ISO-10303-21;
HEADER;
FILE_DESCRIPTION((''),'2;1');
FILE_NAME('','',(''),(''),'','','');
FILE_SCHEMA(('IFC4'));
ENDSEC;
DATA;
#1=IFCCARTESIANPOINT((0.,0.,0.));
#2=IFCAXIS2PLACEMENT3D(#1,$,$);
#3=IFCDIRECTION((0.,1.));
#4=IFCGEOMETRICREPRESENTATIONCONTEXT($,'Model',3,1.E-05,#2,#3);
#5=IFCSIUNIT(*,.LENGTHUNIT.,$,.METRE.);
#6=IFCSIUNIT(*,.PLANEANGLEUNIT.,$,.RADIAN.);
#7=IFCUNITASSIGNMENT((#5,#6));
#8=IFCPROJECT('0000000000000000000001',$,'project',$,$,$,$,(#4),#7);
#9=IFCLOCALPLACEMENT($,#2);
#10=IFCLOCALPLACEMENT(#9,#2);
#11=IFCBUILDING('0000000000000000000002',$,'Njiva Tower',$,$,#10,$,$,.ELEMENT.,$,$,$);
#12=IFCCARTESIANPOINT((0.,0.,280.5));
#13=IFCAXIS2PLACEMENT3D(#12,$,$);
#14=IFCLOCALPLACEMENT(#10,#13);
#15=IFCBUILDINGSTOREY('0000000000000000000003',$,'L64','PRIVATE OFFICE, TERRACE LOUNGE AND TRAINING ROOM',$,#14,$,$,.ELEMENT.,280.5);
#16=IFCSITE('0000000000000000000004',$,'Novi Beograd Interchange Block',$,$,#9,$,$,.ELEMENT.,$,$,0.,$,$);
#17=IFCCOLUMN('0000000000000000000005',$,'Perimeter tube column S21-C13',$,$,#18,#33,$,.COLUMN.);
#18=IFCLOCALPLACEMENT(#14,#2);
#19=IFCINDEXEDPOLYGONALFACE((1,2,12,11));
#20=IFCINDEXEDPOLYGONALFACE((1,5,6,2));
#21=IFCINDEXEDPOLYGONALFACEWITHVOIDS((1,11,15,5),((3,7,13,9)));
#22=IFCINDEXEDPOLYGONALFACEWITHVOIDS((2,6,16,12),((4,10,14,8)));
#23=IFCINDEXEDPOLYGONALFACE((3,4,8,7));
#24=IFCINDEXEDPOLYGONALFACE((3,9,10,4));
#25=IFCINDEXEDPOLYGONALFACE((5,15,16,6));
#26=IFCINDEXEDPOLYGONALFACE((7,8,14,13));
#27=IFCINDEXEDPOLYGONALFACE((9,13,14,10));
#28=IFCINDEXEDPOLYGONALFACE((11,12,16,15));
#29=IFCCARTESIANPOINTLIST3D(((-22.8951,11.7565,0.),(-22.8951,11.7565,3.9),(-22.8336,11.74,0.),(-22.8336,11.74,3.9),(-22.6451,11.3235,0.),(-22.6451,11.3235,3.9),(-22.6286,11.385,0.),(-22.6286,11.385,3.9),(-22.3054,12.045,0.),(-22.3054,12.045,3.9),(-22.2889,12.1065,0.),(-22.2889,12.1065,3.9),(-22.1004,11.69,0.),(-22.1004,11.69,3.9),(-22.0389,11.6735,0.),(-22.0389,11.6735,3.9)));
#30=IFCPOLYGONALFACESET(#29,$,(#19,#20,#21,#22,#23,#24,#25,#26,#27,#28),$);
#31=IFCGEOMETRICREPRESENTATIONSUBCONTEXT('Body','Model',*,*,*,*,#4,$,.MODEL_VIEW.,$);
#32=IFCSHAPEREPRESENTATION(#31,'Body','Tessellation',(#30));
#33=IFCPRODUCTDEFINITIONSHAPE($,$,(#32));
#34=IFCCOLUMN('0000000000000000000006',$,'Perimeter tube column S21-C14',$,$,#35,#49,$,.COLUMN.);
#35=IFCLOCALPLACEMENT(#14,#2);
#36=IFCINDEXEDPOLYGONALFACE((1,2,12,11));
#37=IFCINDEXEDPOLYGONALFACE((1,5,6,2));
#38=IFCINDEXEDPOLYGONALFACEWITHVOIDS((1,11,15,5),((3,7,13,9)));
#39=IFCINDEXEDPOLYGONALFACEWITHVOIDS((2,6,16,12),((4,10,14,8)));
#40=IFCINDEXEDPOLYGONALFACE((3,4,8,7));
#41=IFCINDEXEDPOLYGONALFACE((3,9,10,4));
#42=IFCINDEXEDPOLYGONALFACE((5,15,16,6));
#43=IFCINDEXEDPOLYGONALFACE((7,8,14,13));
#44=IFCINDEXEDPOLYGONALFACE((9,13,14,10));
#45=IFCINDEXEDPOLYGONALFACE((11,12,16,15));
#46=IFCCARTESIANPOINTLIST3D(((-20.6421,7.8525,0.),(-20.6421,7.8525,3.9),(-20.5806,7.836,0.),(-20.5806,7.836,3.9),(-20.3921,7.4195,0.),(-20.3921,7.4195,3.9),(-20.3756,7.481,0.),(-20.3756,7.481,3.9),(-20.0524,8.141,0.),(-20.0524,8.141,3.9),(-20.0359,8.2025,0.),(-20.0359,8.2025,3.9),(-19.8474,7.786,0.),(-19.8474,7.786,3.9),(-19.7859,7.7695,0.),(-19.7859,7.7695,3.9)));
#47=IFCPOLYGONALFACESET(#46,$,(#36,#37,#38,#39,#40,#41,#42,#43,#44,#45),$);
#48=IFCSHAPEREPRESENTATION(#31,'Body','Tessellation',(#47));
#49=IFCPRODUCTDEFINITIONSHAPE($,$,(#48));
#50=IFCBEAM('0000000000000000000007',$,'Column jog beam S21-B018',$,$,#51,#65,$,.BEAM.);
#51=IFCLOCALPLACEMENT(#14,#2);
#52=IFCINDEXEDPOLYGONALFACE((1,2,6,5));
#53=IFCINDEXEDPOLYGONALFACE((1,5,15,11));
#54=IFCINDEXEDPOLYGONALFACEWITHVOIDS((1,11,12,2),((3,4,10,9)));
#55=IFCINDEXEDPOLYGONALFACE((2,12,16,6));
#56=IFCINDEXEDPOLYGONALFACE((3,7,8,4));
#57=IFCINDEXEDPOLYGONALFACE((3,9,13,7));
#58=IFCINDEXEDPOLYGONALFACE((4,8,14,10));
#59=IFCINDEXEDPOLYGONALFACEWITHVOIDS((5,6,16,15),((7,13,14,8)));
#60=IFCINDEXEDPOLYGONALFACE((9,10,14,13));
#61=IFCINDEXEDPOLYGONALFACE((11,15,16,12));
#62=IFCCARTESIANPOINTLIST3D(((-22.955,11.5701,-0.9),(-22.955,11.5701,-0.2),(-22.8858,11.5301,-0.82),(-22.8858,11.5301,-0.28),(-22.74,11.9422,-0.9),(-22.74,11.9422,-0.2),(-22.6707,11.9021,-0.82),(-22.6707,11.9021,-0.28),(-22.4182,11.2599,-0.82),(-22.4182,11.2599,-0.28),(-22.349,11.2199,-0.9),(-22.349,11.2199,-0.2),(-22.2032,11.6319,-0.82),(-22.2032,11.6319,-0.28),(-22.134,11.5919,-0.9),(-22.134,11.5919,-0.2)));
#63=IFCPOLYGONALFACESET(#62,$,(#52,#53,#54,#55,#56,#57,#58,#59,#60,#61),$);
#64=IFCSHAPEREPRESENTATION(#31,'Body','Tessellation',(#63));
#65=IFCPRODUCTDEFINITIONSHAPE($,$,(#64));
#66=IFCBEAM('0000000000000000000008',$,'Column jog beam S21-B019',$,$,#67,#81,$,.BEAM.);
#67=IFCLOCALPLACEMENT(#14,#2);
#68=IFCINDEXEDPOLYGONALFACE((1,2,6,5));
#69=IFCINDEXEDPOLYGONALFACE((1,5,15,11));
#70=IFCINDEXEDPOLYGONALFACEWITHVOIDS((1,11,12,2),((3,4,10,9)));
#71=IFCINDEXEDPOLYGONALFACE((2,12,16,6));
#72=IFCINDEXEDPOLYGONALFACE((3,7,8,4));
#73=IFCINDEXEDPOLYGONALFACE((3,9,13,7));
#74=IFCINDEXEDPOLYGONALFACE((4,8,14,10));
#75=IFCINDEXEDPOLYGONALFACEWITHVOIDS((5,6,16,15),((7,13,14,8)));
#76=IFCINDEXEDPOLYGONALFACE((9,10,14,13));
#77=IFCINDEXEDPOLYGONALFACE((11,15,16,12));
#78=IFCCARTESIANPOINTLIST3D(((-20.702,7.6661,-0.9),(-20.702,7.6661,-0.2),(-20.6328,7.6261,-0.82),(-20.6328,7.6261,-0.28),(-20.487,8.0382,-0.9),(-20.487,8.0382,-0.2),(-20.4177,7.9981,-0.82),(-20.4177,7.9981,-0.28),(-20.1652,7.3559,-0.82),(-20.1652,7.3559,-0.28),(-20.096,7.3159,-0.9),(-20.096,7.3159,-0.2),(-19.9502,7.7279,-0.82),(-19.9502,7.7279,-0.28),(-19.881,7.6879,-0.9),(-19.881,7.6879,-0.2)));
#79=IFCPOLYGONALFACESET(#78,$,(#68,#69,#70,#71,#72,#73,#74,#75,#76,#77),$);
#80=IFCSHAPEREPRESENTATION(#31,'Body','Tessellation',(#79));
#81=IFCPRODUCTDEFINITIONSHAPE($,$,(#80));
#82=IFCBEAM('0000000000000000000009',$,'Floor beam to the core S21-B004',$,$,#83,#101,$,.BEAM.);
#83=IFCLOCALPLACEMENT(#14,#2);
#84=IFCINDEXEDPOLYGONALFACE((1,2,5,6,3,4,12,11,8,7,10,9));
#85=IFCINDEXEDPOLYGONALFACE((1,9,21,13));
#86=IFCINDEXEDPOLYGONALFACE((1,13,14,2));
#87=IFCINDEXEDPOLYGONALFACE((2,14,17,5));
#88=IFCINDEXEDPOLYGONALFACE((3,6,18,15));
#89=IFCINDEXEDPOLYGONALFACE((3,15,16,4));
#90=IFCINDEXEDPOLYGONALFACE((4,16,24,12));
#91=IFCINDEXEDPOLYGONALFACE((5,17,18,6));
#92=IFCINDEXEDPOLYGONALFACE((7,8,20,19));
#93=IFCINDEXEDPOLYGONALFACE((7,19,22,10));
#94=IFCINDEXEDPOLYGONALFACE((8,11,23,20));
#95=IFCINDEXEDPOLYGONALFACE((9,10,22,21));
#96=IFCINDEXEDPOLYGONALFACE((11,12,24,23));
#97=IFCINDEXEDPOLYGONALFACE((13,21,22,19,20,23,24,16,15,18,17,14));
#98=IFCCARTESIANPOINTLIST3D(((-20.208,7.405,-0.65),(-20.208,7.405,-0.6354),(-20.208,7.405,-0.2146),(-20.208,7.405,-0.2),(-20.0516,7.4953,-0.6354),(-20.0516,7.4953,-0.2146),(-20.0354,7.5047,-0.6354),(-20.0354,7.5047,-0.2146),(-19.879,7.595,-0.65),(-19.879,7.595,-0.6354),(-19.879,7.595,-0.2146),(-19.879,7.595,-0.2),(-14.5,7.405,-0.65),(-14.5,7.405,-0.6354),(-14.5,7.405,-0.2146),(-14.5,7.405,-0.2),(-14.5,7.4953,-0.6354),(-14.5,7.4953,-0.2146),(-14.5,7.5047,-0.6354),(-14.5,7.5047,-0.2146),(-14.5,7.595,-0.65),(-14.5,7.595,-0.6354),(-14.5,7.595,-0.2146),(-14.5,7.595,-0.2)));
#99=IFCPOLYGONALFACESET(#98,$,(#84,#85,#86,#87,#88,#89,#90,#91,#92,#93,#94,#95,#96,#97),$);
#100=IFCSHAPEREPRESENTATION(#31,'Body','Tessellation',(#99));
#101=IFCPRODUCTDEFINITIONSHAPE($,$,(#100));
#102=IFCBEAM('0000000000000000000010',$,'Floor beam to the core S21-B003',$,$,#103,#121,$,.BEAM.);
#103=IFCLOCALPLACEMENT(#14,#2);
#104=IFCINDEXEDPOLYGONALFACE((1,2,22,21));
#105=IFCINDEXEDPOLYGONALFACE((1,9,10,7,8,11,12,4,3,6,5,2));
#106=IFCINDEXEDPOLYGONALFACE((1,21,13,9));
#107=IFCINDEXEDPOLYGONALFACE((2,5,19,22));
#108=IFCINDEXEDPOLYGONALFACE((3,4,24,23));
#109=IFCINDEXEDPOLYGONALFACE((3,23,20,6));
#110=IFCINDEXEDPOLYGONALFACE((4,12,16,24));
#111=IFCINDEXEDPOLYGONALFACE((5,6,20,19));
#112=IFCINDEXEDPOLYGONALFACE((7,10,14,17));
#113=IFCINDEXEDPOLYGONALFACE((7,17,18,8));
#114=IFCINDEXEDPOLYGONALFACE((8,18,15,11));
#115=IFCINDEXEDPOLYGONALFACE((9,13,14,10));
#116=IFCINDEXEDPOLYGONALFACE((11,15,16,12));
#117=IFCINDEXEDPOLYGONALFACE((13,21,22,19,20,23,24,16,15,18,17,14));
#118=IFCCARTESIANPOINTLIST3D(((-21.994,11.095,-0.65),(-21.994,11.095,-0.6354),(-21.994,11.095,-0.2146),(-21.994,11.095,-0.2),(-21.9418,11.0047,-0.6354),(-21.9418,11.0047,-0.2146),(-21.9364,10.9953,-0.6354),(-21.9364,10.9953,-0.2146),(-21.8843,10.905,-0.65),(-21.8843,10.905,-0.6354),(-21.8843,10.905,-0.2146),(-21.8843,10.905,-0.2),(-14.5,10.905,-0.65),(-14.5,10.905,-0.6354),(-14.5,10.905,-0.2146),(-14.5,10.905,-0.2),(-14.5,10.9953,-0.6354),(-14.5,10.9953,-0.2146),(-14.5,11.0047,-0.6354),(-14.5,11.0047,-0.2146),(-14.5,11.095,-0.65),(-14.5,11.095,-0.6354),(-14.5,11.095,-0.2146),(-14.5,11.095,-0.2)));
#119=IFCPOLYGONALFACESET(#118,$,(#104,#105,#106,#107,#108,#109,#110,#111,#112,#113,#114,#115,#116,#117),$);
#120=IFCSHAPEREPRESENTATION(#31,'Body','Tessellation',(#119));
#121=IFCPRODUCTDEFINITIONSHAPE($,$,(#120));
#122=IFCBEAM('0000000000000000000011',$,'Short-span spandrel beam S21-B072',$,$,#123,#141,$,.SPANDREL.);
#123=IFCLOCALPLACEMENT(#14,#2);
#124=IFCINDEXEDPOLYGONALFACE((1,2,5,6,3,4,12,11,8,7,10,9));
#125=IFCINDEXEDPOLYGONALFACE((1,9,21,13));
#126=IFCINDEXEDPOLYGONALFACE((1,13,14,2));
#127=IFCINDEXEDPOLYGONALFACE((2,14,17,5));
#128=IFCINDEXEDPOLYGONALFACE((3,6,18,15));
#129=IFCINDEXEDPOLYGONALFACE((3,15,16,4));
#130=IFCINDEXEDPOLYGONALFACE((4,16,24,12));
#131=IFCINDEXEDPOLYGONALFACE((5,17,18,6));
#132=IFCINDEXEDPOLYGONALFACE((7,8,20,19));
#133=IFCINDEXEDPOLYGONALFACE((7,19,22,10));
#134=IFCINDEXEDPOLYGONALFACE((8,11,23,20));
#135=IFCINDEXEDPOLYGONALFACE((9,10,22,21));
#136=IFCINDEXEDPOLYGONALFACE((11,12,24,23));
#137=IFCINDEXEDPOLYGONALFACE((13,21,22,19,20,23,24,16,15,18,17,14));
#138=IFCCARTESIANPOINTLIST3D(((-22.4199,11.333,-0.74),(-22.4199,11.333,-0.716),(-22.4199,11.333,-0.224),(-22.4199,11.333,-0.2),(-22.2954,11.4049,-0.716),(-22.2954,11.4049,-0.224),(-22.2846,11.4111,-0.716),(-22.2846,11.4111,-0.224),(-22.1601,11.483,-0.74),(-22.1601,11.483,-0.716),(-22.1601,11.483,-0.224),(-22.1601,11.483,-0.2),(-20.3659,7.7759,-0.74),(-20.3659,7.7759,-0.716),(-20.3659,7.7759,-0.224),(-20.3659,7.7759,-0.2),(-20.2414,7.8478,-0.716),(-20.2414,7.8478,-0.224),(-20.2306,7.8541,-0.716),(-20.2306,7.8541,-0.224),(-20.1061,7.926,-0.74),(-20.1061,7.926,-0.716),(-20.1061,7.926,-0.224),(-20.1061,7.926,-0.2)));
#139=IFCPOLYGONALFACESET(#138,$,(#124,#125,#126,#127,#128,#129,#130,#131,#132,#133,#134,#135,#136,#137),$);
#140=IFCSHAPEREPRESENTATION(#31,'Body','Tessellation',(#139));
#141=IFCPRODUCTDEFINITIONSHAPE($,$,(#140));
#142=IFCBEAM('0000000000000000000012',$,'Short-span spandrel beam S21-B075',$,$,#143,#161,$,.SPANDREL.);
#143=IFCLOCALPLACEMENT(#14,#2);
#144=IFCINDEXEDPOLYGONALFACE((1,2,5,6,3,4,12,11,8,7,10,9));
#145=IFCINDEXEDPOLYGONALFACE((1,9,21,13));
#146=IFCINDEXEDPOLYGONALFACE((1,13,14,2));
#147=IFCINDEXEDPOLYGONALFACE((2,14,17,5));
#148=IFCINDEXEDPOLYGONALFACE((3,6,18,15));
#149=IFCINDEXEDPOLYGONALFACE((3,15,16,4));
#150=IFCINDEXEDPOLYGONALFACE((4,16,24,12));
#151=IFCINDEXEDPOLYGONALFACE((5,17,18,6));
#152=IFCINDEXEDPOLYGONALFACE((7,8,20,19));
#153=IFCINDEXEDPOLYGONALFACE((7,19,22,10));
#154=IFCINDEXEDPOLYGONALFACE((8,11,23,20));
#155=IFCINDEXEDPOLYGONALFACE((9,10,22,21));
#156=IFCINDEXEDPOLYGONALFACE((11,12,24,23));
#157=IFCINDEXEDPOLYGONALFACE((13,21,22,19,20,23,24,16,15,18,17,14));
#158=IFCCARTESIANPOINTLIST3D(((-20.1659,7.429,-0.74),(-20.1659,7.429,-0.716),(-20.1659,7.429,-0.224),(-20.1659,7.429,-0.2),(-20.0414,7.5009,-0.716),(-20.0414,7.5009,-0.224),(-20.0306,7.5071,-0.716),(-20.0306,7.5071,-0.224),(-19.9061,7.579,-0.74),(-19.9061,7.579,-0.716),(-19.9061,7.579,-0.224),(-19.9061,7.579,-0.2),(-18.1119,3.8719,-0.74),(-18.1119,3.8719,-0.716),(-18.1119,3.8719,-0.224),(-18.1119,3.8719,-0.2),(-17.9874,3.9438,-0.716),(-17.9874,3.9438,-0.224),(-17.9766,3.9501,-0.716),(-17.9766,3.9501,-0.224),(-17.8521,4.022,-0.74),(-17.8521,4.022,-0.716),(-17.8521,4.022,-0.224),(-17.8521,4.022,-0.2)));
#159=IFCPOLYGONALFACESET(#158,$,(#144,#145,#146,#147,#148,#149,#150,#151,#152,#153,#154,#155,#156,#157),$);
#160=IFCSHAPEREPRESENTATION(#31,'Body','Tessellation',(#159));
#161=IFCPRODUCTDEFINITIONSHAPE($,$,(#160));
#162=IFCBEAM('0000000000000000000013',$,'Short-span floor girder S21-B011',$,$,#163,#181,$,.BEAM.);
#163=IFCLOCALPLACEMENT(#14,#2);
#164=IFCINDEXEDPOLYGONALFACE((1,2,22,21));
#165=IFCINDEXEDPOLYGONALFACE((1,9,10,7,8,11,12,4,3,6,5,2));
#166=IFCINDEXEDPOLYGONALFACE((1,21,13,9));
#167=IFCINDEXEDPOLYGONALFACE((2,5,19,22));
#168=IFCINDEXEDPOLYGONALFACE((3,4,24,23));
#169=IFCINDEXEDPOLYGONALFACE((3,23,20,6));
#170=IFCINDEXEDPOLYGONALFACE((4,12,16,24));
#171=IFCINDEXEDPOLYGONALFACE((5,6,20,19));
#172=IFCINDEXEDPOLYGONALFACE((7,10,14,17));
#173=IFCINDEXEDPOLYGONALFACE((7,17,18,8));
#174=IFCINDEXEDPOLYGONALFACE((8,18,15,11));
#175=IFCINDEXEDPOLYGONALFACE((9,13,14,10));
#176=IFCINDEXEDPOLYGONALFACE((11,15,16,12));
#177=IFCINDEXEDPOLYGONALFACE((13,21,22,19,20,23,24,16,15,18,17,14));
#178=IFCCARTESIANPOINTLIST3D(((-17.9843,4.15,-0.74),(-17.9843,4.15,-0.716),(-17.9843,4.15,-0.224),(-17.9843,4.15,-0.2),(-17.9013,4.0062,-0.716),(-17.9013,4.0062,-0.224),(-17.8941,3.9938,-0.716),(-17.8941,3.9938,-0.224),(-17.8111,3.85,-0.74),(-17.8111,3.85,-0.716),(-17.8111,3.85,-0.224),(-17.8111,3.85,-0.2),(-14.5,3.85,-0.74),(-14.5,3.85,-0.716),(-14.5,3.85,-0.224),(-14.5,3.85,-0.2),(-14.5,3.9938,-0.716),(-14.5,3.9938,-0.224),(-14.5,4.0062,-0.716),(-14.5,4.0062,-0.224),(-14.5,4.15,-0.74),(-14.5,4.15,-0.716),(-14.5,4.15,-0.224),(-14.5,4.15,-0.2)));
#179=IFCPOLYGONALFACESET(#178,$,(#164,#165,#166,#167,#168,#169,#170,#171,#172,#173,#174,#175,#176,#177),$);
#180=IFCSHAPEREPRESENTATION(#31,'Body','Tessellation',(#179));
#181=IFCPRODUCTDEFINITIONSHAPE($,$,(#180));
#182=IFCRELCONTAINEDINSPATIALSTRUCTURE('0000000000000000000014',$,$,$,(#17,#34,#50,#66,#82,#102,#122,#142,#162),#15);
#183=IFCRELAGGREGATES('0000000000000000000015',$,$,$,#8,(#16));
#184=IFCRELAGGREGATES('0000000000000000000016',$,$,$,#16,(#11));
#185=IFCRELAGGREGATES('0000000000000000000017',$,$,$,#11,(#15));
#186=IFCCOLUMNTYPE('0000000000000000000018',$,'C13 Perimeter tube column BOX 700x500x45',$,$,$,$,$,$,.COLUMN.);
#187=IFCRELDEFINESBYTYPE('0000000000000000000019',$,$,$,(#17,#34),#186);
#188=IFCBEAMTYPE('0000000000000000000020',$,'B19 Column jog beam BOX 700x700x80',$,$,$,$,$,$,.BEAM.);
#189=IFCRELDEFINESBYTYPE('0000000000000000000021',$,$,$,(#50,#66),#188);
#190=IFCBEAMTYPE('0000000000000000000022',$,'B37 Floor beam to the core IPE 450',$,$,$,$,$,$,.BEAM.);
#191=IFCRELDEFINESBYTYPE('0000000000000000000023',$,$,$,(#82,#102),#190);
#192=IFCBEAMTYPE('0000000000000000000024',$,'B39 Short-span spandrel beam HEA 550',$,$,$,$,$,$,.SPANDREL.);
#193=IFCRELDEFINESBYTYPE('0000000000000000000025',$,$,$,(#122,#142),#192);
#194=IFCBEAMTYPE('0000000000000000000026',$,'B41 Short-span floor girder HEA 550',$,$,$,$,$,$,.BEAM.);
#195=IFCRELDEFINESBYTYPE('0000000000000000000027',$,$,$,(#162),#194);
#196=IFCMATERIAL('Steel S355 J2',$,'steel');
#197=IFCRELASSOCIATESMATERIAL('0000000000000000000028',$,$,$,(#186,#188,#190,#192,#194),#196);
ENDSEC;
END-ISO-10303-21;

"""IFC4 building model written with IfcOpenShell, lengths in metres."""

from ifc_helpers import new_model, si_unit, direction, frame, origin, origin_2d, place, context, subcontext, project, spatial, hollow_rectangle, i_section, extrude, clip, halfspace, material, material_profile, profile_set, type_object, element, save


model = new_model("IFC4")

# Units and contexts
model_context = context("Model", 3, precision=1e-05, world=origin(), true_north=direction((0.0, 1.0)))
body_context = subcontext(model_context, "Body", "Model", "MODEL_VIEW")
ifc_project = project(units=[si_unit("LENGTHUNIT", "METRE"), si_unit("PLANEANGLEUNIT", "RADIAN")], contexts=[model_context])

# Site, building, storey
site_placement = place(None, origin())
site = spatial("IfcSite", under=ifc_project, at=site_placement, Name="Novi Beograd Interchange Block", CompositionType="ELEMENT", RefElevation=0.0)
building_placement = place(site_placement, origin())
building = spatial("IfcBuilding", under=site, at=building_placement, Name="Njiva Tower", CompositionType="ELEMENT")
storey_placement = place(building_placement, frame((0.0, 0.0, 280.5)))
storey = spatial("IfcBuildingStorey", under=building, at=storey_placement, Name="L64", Description="PRIVATE OFFICE, TERRACE LOUNGE AND TRAINING ROOM", CompositionType="ELEMENT", Elevation=280.5)

# Columns
ifc_material_1 = material(Name="Steel S355 J2", Category="steel")
ifc_material_profile_1 = material_profile(ifc_material_1, hollow_rectangle(XDim=0.5, YDim=0.7, WallThickness=0.045, at=origin_2d()), Name="BOX 700x500x45")
ifc_profile_set_1 = profile_set([ifc_material_profile_1], Name="Steel S355 J2")
column_type = type_object("IfcColumnType", Name="C13 Perimeter tube column BOX 700x500x45", PredefinedType="COLUMN", material=ifc_profile_set_1)
for number, where, z_axis, x_axis, name in (
    (1, (-22.467, 11.715, 0.0), (0.0, 0.0, 1.0), (0.5, -0.866025, 0.0), "Perimeter tube column S21-C13"),
    (2, (-20.214, 7.811, 0.0), (0.0, 0.0, 1.0), (0.5, -0.866025, 0.0), "Perimeter tube column S21-C14"),
):
    element("IfcColumn", number, at=place(storey_placement, frame(where, z_axis=z_axis, x_axis=x_axis)), inside=storey, type_object=column_type, Name=name, PredefinedType="COLUMN", context=body_context, shape_type="SweptSolid", body=[
        extrude(hollow_rectangle(XDim=0.5, YDim=0.7, WallThickness=0.045, at=origin_2d()), origin(), (0.0, 0.0, 1.0), 3.9),
    ])

# Beams
ifc_material_profile_2 = material_profile(ifc_material_1, hollow_rectangle(XDim=0.7, YDim=0.7, WallThickness=0.08, at=origin_2d()), Name="BOX 700x700x80")
ifc_profile_set_2 = profile_set([ifc_material_profile_2], Name="Steel S355 J2")
beam_type_1 = type_object("IfcBeamType", Name="B19 Column jog beam BOX 700x700x80", PredefinedType="BEAM", material=ifc_profile_set_2)
for number, where, z_axis, x_axis, name in (
    (3, (-22.652, 11.395, -0.55), (0.500394, 0.865798, 0.0), (-0.865798, 0.500394, 0.0), "Column jog beam S21-B018"),
    (4, (-20.399, 7.491, -0.55), (0.500394, 0.865798, 0.0), (-0.865798, 0.500394, 0.0), "Column jog beam S21-B019"),
):
    element("IfcBeam", number, at=place(storey_placement, frame(where, z_axis=z_axis, x_axis=x_axis)), inside=storey, type_object=beam_type_1, Name=name, PredefinedType="BEAM", context=body_context, shape_type="SweptSolid", body=[
        extrude(hollow_rectangle(XDim=0.7, YDim=0.7, WallThickness=0.08, at=origin_2d()), origin(), (0.0, 0.0, 1.0), 0.4297),
    ])
ifc_material_profile_3 = material_profile(ifc_material_1, i_section(OverallWidth=0.19, OverallDepth=0.45, WebThickness=0.0094, FlangeThickness=0.0146, at=origin_2d()), Name="IPE 450")
ifc_profile_set_3 = profile_set([ifc_material_profile_3], Name="Steel S355 J2")
beam_type_2 = type_object("IfcBeamType", Name="B37 Floor beam to the core IPE 450", PredefinedType="BEAM", material=ifc_profile_set_3)
beam_1_placement = place(storey_placement, frame((-20.228, 7.5, -0.425), z_axis=(1.0, 0.0, 0.0), x_axis=(0.0, 1.0, 0.0)))
element("IfcBeam", 5, at=beam_1_placement, inside=storey, type_object=beam_type_2, Name="Floor beam to the core S21-B004", PredefinedType="BEAM", context=body_context, shape_type="Clipping", body=[
    clip(extrude(i_section(OverallWidth=0.19, OverallDepth=0.45, WebThickness=0.0094, FlangeThickness=0.0146, at=origin_2d()), origin(), (0.0, 0.0, 1.0), 5.728), halfspace(frame((0.0433, 0.0, 0.2595), z_axis=(0.866027, 0.0, -0.499998), x_axis=(0.0, -1.0, 0.0)), False)),
])
beam_2_placement = place(storey_placement, frame((-22.014, 11.0, -0.425), z_axis=(1.0, 0.0, 0.0), x_axis=(0.0, 1.0, 0.0)))
element("IfcBeam", 6, at=beam_2_placement, inside=storey, type_object=beam_type_2, Name="Floor beam to the core S21-B003", PredefinedType="BEAM", context=body_context, shape_type="Clipping", body=[
    clip(extrude(i_section(OverallWidth=0.19, OverallDepth=0.45, WebThickness=0.0094, FlangeThickness=0.0146, at=origin_2d()), origin(), (0.0, 0.0, 1.0), 7.514), halfspace(frame((-0.025, 0.0, 0.0893), z_axis=(-0.499998, 0.0, -0.866027), x_axis=(0.0, -1.0, 0.0)), False)),
])
ifc_material_profile_4 = material_profile(ifc_material_1, i_section(OverallWidth=0.3, OverallDepth=0.54, WebThickness=0.0125, FlangeThickness=0.024, at=origin_2d()), Name="HEA 550")
ifc_profile_set_4 = profile_set([ifc_material_profile_4], Name="Steel S355 J2")
beam_type_3 = type_object("IfcBeamType", Name="B39 Short-span spandrel beam HEA 550", PredefinedType="SPANDREL", material=ifc_profile_set_4)
for number, where, z_axis, x_axis, name in (
    (7, (-22.29, 11.408, -0.47), (0.500067, -0.865987, 0.0), (0.865987, 0.500067, 0.0), "Short-span spandrel beam S21-B072"),
    (8, (-20.036, 7.504, -0.47), (0.500067, -0.865987, 0.0), (0.865987, 0.500067, 0.0), "Short-span spandrel beam S21-B075"),
):
    element("IfcBeam", number, at=place(storey_placement, frame(where, z_axis=z_axis, x_axis=x_axis)), inside=storey, type_object=beam_type_3, Name=name, PredefinedType="SPANDREL", context=body_context, shape_type="SweptSolid", body=[
        extrude(i_section(OverallWidth=0.3, OverallDepth=0.54, WebThickness=0.0125, FlangeThickness=0.024, at=origin_2d()), origin(), (0.0, 0.0, 1.0), 4.1075),
    ])
ifc_material_profile_5 = material_profile(ifc_material_1, i_section(OverallWidth=0.3, OverallDepth=0.54, WebThickness=0.0125, FlangeThickness=0.024, at=origin_2d()), Name="HEA 550")
ifc_profile_set_5 = profile_set([ifc_material_profile_5], Name="Steel S355 J2")
beam_type_4 = type_object("IfcBeamType", Name="B41 Short-span floor girder HEA 550", PredefinedType="BEAM", material=ifc_profile_set_5)
beam_3_placement = place(storey_placement, frame((-18.005, 4.0, -0.47), z_axis=(1.0, 0.0, 0.0), x_axis=(0.0, 1.0, 0.0)))
element("IfcBeam", 9, at=beam_3_placement, inside=storey, type_object=beam_type_4, Name="Short-span floor girder S21-B011", PredefinedType="BEAM", context=body_context, shape_type="Clipping", body=[
    clip(extrude(i_section(OverallWidth=0.3, OverallDepth=0.54, WebThickness=0.0125, FlangeThickness=0.024, at=origin_2d()), origin(), (0.0, 0.0, 1.0), 3.505), halfspace(frame((-0.025, 0.0, 0.1217), z_axis=(-0.499998, 0.0, -0.866027), x_axis=(0.0, -1.0, 0.0)), False)),
])

save(model, "model.ifc")
